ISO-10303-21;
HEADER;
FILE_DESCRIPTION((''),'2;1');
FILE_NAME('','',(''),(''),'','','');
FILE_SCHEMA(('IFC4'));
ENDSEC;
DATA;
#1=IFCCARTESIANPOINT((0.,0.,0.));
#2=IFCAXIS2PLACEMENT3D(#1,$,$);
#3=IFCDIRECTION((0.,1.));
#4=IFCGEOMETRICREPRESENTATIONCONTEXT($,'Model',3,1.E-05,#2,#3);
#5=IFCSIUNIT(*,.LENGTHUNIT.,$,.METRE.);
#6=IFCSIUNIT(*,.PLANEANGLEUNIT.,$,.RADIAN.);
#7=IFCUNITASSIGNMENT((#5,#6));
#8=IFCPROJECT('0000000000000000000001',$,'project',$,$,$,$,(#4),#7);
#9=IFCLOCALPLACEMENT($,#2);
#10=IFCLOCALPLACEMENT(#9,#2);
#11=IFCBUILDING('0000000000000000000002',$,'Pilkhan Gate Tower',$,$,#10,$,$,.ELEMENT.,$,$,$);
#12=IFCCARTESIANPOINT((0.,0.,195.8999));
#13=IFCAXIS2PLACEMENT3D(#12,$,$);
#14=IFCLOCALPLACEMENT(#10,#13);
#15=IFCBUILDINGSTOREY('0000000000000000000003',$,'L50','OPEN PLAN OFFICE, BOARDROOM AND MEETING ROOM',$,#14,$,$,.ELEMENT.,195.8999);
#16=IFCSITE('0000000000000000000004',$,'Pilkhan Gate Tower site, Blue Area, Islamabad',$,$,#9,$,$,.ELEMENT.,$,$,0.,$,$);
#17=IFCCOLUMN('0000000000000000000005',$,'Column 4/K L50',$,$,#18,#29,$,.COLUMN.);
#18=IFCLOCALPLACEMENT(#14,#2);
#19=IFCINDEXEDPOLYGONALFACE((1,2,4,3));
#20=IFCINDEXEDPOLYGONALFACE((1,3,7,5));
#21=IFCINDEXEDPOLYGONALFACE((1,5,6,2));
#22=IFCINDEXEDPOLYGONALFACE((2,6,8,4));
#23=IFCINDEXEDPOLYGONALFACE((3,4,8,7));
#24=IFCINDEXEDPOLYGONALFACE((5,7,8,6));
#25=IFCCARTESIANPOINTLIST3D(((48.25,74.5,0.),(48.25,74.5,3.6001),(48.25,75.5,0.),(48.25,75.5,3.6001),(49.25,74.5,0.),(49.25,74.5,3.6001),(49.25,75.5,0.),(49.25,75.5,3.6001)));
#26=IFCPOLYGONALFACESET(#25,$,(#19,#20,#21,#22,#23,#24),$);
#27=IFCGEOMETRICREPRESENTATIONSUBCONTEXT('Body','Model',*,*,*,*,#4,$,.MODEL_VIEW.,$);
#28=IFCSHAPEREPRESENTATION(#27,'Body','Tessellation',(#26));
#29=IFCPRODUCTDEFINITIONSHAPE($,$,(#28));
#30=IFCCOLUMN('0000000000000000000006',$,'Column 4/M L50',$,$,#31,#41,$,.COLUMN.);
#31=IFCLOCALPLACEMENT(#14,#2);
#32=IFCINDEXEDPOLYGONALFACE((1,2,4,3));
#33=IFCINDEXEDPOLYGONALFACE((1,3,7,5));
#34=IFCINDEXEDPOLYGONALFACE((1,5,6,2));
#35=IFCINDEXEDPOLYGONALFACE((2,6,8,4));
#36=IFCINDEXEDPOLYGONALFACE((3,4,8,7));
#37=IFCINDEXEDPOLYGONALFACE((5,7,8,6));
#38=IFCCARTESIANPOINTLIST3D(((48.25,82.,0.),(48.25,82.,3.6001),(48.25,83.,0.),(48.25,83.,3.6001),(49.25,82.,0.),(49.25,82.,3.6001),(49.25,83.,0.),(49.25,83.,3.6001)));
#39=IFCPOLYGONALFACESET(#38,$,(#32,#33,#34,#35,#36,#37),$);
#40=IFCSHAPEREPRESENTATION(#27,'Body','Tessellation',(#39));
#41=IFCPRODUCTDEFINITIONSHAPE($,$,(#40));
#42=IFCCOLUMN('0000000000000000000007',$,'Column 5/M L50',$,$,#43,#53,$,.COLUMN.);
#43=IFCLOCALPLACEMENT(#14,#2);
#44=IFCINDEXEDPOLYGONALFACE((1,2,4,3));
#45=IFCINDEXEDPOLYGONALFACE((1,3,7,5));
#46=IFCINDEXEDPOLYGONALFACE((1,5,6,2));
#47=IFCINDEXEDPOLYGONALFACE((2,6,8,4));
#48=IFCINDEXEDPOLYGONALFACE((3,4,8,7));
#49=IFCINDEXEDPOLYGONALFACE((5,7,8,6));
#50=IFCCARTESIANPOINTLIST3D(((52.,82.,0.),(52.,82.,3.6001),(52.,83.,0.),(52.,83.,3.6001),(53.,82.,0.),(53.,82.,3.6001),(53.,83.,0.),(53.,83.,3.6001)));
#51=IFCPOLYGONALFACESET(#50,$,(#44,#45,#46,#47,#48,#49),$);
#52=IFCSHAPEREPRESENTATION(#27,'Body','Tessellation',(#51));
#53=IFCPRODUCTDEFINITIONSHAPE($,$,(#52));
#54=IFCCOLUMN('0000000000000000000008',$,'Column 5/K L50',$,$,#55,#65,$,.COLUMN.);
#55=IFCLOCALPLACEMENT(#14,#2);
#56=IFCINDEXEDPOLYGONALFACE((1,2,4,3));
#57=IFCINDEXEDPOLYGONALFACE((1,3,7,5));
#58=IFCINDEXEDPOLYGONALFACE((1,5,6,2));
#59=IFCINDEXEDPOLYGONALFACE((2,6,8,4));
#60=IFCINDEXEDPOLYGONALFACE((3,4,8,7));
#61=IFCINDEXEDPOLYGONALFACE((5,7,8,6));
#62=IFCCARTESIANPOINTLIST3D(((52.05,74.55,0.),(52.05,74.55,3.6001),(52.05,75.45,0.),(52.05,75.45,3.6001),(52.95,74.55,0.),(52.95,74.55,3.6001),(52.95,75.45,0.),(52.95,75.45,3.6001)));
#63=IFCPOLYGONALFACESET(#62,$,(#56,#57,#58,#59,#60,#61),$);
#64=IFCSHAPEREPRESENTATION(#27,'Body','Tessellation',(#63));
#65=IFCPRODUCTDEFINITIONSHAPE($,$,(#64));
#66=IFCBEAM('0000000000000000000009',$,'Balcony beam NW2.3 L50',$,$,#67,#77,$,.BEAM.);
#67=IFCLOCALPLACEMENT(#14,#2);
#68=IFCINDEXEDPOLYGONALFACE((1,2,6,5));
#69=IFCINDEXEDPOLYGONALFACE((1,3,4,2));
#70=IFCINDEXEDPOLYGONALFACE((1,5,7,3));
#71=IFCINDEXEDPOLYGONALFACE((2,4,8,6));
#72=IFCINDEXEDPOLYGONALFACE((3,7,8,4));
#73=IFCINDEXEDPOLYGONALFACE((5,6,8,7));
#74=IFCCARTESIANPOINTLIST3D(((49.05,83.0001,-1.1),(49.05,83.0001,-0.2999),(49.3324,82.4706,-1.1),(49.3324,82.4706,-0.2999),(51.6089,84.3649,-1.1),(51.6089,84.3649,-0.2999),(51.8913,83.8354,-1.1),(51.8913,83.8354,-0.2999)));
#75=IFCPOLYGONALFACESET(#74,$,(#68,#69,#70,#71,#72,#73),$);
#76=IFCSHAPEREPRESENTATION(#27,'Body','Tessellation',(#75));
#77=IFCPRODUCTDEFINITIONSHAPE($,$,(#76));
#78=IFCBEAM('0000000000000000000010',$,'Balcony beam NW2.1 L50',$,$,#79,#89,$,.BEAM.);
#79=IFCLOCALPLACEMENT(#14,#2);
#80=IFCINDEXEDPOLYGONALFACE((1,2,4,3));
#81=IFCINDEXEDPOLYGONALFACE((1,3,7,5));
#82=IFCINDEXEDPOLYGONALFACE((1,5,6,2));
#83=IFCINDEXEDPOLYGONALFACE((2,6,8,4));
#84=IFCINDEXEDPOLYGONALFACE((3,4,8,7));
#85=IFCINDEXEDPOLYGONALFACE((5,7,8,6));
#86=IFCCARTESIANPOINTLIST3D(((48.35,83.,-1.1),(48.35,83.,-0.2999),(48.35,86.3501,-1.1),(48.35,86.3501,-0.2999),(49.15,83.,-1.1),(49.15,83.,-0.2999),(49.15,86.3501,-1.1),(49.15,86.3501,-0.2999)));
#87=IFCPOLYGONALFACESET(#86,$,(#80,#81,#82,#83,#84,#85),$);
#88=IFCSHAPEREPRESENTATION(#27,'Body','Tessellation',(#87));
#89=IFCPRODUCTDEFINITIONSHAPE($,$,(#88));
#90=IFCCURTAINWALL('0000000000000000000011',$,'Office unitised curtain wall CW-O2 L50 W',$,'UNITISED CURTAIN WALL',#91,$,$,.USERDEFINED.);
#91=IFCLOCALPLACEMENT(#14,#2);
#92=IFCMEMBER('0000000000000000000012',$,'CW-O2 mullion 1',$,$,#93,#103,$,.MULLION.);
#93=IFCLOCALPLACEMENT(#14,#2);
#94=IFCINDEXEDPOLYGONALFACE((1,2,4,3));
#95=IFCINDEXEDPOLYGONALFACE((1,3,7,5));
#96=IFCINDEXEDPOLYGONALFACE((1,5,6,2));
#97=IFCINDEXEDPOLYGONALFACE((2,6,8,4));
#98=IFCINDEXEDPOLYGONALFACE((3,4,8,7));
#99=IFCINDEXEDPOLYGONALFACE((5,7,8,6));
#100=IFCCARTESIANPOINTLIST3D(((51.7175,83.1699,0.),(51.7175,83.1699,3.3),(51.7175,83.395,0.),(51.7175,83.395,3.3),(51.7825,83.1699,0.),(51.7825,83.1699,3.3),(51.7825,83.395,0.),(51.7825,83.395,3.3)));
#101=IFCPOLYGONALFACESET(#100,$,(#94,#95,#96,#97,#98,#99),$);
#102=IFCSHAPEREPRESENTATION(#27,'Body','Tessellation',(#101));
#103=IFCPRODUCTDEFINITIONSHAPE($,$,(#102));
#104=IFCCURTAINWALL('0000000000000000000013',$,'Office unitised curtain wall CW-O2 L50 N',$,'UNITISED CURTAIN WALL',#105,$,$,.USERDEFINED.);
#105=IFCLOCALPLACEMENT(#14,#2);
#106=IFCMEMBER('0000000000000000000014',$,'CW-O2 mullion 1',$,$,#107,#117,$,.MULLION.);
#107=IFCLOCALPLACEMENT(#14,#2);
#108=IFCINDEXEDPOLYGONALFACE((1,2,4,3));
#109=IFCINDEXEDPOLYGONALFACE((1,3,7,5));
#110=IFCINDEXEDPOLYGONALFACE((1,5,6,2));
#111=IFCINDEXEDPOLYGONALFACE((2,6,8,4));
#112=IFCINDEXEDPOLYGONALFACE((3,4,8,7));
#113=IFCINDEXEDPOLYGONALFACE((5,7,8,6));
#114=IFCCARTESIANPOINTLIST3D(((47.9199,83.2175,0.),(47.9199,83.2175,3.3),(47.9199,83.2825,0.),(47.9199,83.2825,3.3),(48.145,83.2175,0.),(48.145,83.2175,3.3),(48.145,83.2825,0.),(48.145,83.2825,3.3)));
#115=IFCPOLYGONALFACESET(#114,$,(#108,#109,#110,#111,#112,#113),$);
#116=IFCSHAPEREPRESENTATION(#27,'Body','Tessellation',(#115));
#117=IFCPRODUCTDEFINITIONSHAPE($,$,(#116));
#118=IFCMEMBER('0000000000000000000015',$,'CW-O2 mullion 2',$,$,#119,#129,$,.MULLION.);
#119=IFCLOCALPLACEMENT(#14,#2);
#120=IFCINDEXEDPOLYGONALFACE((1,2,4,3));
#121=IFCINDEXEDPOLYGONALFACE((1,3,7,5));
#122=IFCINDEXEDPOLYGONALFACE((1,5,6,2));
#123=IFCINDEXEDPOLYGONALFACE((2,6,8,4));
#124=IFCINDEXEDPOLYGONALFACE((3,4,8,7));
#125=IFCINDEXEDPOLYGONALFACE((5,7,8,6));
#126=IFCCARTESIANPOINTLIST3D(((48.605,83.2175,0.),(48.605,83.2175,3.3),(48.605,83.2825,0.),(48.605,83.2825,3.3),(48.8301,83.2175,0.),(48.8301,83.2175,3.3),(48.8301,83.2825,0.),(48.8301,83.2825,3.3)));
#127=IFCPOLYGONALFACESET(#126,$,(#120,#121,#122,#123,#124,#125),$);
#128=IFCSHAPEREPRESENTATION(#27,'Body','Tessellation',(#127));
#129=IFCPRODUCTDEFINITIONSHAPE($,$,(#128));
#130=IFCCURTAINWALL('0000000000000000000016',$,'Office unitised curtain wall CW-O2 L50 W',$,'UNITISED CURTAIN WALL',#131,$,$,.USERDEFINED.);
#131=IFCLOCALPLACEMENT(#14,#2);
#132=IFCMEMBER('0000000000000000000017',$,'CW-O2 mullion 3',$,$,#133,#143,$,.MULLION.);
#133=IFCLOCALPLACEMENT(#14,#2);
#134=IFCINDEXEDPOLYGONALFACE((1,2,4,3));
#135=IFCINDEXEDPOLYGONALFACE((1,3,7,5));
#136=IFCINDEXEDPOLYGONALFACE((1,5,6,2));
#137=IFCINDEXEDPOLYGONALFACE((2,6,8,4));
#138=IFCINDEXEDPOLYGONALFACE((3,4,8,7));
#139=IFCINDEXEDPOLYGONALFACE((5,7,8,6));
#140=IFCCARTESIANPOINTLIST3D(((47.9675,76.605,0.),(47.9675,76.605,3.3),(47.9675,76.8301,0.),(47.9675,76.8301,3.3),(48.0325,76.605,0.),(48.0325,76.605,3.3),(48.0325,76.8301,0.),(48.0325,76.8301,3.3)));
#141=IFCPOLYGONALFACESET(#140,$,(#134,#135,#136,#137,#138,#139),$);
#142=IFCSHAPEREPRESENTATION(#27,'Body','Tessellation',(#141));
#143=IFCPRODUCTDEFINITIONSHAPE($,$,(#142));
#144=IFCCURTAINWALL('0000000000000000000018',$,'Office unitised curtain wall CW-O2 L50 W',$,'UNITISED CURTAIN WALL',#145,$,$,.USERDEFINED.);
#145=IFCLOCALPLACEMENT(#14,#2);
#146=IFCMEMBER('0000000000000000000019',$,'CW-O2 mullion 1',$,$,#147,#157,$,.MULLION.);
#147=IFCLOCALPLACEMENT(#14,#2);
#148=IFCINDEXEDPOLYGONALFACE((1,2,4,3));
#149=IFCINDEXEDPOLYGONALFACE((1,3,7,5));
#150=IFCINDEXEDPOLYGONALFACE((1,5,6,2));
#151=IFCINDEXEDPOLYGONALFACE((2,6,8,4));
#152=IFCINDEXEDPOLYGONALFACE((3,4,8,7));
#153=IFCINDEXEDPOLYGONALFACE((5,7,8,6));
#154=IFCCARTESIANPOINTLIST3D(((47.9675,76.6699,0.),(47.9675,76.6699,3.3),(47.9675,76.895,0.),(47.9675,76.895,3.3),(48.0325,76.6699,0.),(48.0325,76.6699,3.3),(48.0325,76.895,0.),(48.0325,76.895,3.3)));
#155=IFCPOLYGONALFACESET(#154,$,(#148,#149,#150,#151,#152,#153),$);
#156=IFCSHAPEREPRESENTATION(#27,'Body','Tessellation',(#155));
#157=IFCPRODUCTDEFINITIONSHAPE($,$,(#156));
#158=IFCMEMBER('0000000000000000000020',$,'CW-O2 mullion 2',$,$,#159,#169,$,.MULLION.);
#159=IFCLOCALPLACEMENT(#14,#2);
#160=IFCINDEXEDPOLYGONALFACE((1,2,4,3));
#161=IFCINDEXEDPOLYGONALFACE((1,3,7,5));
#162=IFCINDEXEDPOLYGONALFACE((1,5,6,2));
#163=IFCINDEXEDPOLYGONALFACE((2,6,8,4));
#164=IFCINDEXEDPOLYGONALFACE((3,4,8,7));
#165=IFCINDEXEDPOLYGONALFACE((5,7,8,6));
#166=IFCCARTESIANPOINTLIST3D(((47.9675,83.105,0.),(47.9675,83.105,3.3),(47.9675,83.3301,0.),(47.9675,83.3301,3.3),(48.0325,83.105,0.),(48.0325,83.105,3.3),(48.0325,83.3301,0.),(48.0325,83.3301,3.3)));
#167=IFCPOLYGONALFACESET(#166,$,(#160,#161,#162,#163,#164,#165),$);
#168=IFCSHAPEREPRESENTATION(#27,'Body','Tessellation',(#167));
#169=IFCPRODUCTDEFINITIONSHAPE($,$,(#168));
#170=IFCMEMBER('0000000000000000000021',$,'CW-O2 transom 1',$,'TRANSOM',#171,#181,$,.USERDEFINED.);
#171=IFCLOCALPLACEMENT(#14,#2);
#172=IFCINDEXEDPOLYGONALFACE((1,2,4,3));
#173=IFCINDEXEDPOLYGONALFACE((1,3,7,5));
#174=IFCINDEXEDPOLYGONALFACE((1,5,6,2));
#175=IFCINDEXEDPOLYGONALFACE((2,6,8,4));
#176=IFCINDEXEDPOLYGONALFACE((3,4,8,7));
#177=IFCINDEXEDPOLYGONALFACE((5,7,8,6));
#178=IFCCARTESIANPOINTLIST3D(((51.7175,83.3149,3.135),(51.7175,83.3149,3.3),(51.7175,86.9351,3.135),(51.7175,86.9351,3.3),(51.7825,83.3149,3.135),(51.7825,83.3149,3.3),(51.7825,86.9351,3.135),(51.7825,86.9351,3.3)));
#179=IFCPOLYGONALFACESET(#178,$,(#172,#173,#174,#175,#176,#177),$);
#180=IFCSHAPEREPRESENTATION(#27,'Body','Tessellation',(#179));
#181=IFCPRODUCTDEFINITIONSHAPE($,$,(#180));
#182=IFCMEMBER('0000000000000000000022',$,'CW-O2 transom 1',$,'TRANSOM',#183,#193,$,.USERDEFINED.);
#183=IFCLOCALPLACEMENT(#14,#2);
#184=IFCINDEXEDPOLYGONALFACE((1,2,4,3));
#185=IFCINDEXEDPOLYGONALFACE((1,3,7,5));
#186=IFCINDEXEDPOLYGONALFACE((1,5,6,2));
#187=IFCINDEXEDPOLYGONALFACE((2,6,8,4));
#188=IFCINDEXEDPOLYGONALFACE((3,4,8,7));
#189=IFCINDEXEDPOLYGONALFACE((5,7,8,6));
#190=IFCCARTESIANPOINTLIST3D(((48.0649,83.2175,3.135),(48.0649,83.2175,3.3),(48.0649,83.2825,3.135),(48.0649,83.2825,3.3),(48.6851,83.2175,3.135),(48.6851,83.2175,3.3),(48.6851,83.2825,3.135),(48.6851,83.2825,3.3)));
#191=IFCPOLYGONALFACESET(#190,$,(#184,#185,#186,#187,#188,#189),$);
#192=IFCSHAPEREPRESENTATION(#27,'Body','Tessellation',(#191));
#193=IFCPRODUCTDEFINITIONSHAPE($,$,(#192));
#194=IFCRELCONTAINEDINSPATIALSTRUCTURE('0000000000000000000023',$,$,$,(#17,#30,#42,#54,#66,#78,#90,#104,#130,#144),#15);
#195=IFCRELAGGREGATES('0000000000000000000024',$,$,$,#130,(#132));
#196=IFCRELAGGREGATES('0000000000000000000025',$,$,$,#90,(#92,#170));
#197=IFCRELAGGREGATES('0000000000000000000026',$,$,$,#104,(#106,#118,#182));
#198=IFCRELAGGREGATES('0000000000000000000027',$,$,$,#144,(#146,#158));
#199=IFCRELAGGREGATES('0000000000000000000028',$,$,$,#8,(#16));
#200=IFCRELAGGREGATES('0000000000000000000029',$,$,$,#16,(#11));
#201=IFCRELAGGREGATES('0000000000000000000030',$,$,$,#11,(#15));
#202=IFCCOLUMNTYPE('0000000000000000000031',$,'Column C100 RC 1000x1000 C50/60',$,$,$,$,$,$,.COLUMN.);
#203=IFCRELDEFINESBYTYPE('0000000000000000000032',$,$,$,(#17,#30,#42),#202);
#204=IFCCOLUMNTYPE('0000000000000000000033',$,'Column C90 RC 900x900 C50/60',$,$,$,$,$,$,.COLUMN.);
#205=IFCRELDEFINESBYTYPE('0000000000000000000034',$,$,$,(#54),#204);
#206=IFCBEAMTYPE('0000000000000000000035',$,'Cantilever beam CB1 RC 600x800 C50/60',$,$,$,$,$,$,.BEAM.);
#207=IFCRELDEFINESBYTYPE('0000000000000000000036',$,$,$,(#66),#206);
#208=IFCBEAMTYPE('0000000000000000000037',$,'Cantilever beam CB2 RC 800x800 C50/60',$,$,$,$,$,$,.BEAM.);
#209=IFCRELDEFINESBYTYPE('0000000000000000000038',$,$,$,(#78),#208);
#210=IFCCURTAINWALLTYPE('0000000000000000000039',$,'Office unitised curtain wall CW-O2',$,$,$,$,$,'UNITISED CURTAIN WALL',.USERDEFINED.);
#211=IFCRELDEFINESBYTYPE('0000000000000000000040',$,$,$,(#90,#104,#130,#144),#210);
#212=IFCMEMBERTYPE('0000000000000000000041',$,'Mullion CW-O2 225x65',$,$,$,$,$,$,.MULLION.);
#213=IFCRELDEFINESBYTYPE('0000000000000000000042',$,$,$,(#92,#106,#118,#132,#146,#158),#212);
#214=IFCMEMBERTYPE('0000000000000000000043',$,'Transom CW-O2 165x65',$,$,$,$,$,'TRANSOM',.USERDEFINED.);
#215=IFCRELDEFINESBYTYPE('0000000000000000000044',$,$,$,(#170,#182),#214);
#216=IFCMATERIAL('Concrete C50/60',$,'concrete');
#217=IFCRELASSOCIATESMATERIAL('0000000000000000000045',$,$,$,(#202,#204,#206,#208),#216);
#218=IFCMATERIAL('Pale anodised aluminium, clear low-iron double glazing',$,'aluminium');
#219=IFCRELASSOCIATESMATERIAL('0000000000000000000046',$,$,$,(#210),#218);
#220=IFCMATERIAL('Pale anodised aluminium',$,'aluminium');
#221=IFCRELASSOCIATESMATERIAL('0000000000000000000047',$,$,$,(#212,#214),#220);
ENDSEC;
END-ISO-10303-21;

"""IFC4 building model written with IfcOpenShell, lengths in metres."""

from ifc_helpers import new_model, si_unit, direction, frame, origin, origin_2d, place, context, subcontext, project, spatial, rectangle, extrude, material, material_profile, profile_set, type_object, element, aggregate, save


model = new_model("IFC4")

# Units and contexts
model_context = context("Model", 3, precision=1e-05, world=origin(), true_north=direction((0.0, 1.0)))
body_context = subcontext(model_context, "Body", "Model", "MODEL_VIEW")
ifc_project = project(units=[si_unit("LENGTHUNIT", "METRE"), si_unit("PLANEANGLEUNIT", "RADIAN")], contexts=[model_context])

# Site, building, storey
site_placement = place(None, origin())
site = spatial("IfcSite", under=ifc_project, at=site_placement, Name="Pilkhan Gate Tower site, Blue Area, Islamabad", CompositionType="ELEMENT", RefElevation=0.0)
building_placement = place(site_placement, origin())
building = spatial("IfcBuilding", under=site, at=building_placement, Name="Pilkhan Gate Tower", CompositionType="ELEMENT")
storey_placement = place(building_placement, frame((0.0, 0.0, 195.8999)))
storey = spatial("IfcBuildingStorey", under=building, at=storey_placement, Name="L50", Description="OPEN PLAN OFFICE, BOARDROOM AND MEETING ROOM", CompositionType="ELEMENT", Elevation=195.8999)

# Columns
ifc_material_1 = material(Name="Concrete C50/60", Category="concrete")
ifc_material_profile_1 = material_profile(ifc_material_1, rectangle(XDim=1.0, YDim=1.0, at=origin_2d()), Name="RC 1000x1000")
ifc_profile_set_1 = profile_set([ifc_material_profile_1], Name="Concrete C50/60")
column_type_1 = type_object("IfcColumnType", Name="Column C100 RC 1000x1000 C50/60", PredefinedType="COLUMN", material=ifc_profile_set_1)
for number, where, z_axis, x_axis, name in (
    (1, (48.75, 75.0, 0.0), (0.0, 0.0, 1.0), (1.0, 0.0, 0.0), "Column 4/K L50"),
    (2, (48.75, 82.5, 0.0), (0.0, 0.0, 1.0), (1.0, 0.0, 0.0), "Column 4/M L50"),
    (3, (52.5, 82.5, 0.0), (0.0, 0.0, 1.0), (1.0, 0.0, 0.0), "Column 5/M L50"),
):
    element("IfcColumn", number, at=place(storey_placement, frame(where, z_axis=z_axis, x_axis=x_axis)), inside=storey, type_object=column_type_1, Name=name, PredefinedType="COLUMN", context=body_context, shape_type="SweptSolid", body=[
        extrude(rectangle(XDim=1.0, YDim=1.0, at=origin_2d()), origin(), (0.0, 0.0, 1.0), 3.6001),
    ])
ifc_material_profile_2 = material_profile(ifc_material_1, rectangle(XDim=0.8999, YDim=0.8999, at=origin_2d()), Name="RC 900x900")
ifc_profile_set_2 = profile_set([ifc_material_profile_2], Name="Concrete C50/60")
column_type_2 = type_object("IfcColumnType", Name="Column C90 RC 900x900 C50/60", PredefinedType="COLUMN", material=ifc_profile_set_2)
column_placement = place(storey_placement, frame((52.5, 75.0, 0.0), z_axis=(0.0, 0.0, 1.0), x_axis=(1.0, 0.0, 0.0)))
element("IfcColumn", 4, at=column_placement, inside=storey, type_object=column_type_2, Name="Column 5/K L50", PredefinedType="COLUMN", context=body_context, shape_type="SweptSolid", body=[
    extrude(rectangle(XDim=0.8999, YDim=0.8999, at=origin_2d()), origin(), (0.0, 0.0, 1.0), 3.6001),
])

# Beams
ifc_material_profile_3 = material_profile(ifc_material_1, rectangle(XDim=0.6001, YDim=0.8, at=origin_2d()), Name="RC 600x800")
ifc_profile_set_3 = profile_set([ifc_material_profile_3], Name="Concrete C50/60")
beam_type_1 = type_object("IfcBeamType", Name="Cantilever beam CB1 RC 600x800 C50/60", PredefinedType="BEAM", material=ifc_profile_set_3)
beam_1_placement = place(storey_placement, frame((49.1912, 82.7354, -0.7), z_axis=(0.882348, 0.470597, 0.0), x_axis=(-0.470597, 0.882348, 0.0)))
element("IfcBeam", 5, at=beam_1_placement, inside=storey, type_object=beam_type_1, Name="Balcony beam NW2.3 L50", PredefinedType="BEAM", context=body_context, shape_type="SweptSolid", body=[
    extrude(rectangle(XDim=0.6001, YDim=0.8, at=origin_2d()), origin(), (0.0, 0.0, 1.0), 2.9001),
])
ifc_material_profile_4 = material_profile(ifc_material_1, rectangle(XDim=0.8, YDim=0.8, at=origin_2d()), Name="RC 800x800")
ifc_profile_set_4 = profile_set([ifc_material_profile_4], Name="Concrete C50/60")
beam_type_2 = type_object("IfcBeamType", Name="Cantilever beam CB2 RC 800x800 C50/60", PredefinedType="BEAM", material=ifc_profile_set_4)
beam_2_placement = place(storey_placement, frame((48.75, 83.0, -0.7), z_axis=(0.0, 1.0, 0.0), x_axis=(-1.0, 0.0, 0.0)))
element("IfcBeam", 6, at=beam_2_placement, inside=storey, type_object=beam_type_2, Name="Balcony beam NW2.1 L50", PredefinedType="BEAM", context=body_context, shape_type="SweptSolid", body=[
    extrude(rectangle(XDim=0.8, YDim=0.8, at=origin_2d()), origin(), (0.0, 0.0, 1.0), 3.3501),
])

# Curtain wall, member
ifc_material_2 = material(Name="Pale anodised aluminium, clear low-iron double glazing", Category="aluminium")
curtain_wall_type = type_object("IfcCurtainWallType", Name="Office unitised curtain wall CW-O2", ElementType="UNITISED CURTAIN WALL", PredefinedType="USERDEFINED", material=ifc_material_2)
curtain_wall_1_placement = place(storey_placement, origin())
curtain_wall_1 = element("IfcCurtainWall", 7, at=curtain_wall_1_placement, inside=storey, type_object=curtain_wall_type, Name="Office unitised curtain wall CW-O2 L50 W", ObjectType="UNITISED CURTAIN WALL", PredefinedType="USERDEFINED")
ifc_material_3 = material(Name="Pale anodised aluminium", Category="aluminium")
ifc_material_profile_5 = material_profile(ifc_material_3, rectangle(XDim=0.0649, YDim=0.2251, at=origin_2d()), Name="Mullion 225x65")
ifc_profile_set_5 = profile_set([ifc_material_profile_5], Name="Pale anodised aluminium")
member_type_1 = type_object("IfcMemberType", Name="Mullion CW-O2 225x65", PredefinedType="MULLION", material=ifc_profile_set_5)
member_1_placement = place(storey_placement, frame((51.75, 83.2825, 0.0), z_axis=(0.0, 0.0, 1.0), x_axis=(-1.0, 0.0, 0.0)))
member_1 = element("IfcMember", 8, at=member_1_placement, type_object=member_type_1, Name="CW-O2 mullion 1", PredefinedType="MULLION", context=body_context, shape_type="SweptSolid", body=[
    extrude(rectangle(XDim=0.0649, YDim=0.2251, at=origin_2d()), origin(), (0.0, 0.0, 1.0), 3.3),
])

# Curtain wall, members
curtain_wall_2_placement = place(storey_placement, origin())
curtain_wall_2 = element("IfcCurtainWall", 9, at=curtain_wall_2_placement, inside=storey, type_object=curtain_wall_type, Name="Office unitised curtain wall CW-O2 L50 N", ObjectType="UNITISED CURTAIN WALL", PredefinedType="USERDEFINED")
member_2_placement = place(storey_placement, frame((48.0325, 83.25, 0.0), z_axis=(0.0, 0.0, 1.0), x_axis=(0.0, 1.0, 0.0)))
member_2 = element("IfcMember", 10, at=member_2_placement, type_object=member_type_1, Name="CW-O2 mullion 1", PredefinedType="MULLION", context=body_context, shape_type="SweptSolid", body=[
    extrude(rectangle(XDim=0.0649, YDim=0.2251, at=origin_2d()), origin(), (0.0, 0.0, 1.0), 3.3),
])
member_3_placement = place(storey_placement, frame((48.7175, 83.25, 0.0), z_axis=(0.0, 0.0, 1.0), x_axis=(0.0, 1.0, 0.0)))
member_3 = element("IfcMember", 11, at=member_3_placement, type_object=member_type_1, Name="CW-O2 mullion 2", PredefinedType="MULLION", context=body_context, shape_type="SweptSolid", body=[
    extrude(rectangle(XDim=0.0649, YDim=0.2251, at=origin_2d()), origin(), (0.0, 0.0, 1.0), 3.3),
])

# Curtain wall, member
curtain_wall_3_placement = place(storey_placement, origin())
curtain_wall_3 = element("IfcCurtainWall", 12, at=curtain_wall_3_placement, inside=storey, type_object=curtain_wall_type, Name="Office unitised curtain wall CW-O2 L50 W", ObjectType="UNITISED CURTAIN WALL", PredefinedType="USERDEFINED")
member_4_placement = place(storey_placement, frame((48.0, 76.7175, 0.0), z_axis=(0.0, 0.0, 1.0), x_axis=(-1.0, 0.0, 0.0)))
member_4 = element("IfcMember", 13, at=member_4_placement, type_object=member_type_1, Name="CW-O2 mullion 3", PredefinedType="MULLION", context=body_context, shape_type="SweptSolid", body=[
    extrude(rectangle(XDim=0.0649, YDim=0.2251, at=origin_2d()), origin(), (0.0, 0.0, 1.0), 3.3),
])
aggregate(curtain_wall_3, [member_4])

# Curtain wall, members
curtain_wall_4_placement = place(storey_placement, origin())
curtain_wall_4 = element("IfcCurtainWall", 14, at=curtain_wall_4_placement, inside=storey, type_object=curtain_wall_type, Name="Office unitised curtain wall CW-O2 L50 W", ObjectType="UNITISED CURTAIN WALL", PredefinedType="USERDEFINED")
member_5_placement = place(storey_placement, frame((48.0, 76.7825, 0.0), z_axis=(0.0, 0.0, 1.0), x_axis=(-1.0, 0.0, 0.0)))
member_5 = element("IfcMember", 15, at=member_5_placement, type_object=member_type_1, Name="CW-O2 mullion 1", PredefinedType="MULLION", context=body_context, shape_type="SweptSolid", body=[
    extrude(rectangle(XDim=0.0649, YDim=0.2251, at=origin_2d()), origin(), (0.0, 0.0, 1.0), 3.3),
])
member_6_placement = place(storey_placement, frame((48.0, 83.2175, 0.0), z_axis=(0.0, 0.0, 1.0), x_axis=(-1.0, 0.0, 0.0)))
member_6 = element("IfcMember", 16, at=member_6_placement, type_object=member_type_1, Name="CW-O2 mullion 2", PredefinedType="MULLION", context=body_context, shape_type="SweptSolid", body=[
    extrude(rectangle(XDim=0.0649, YDim=0.2251, at=origin_2d()), origin(), (0.0, 0.0, 1.0), 3.3),
])

# Members
ifc_material_profile_6 = material_profile(ifc_material_3, rectangle(XDim=0.0649, YDim=0.165, at=origin_2d()), Name="Transom 165x65")
ifc_profile_set_6 = profile_set([ifc_material_profile_6], Name="Pale anodised aluminium")
member_type_2 = type_object("IfcMemberType", Name="Transom CW-O2 165x65", ElementType="TRANSOM", PredefinedType="USERDEFINED", material=ifc_profile_set_6)
member_7_placement = place(storey_placement, frame((51.75, 83.3149, 3.2175), z_axis=(0.0, 1.0, 0.0), x_axis=(-1.0, 0.0, 0.0)))
member_7 = element("IfcMember", 17, at=member_7_placement, type_object=member_type_2, Name="CW-O2 transom 1", ObjectType="TRANSOM", PredefinedType="USERDEFINED", context=body_context, shape_type="SweptSolid", body=[
    extrude(rectangle(XDim=0.0649, YDim=0.165, at=origin_2d()), origin(), (0.0, 0.0, 1.0), 3.6201),
])
member_8_placement = place(storey_placement, frame((48.0649, 83.25, 3.2175), z_axis=(1.0, 0.0, 0.0), x_axis=(0.0, 1.0, 0.0)))
member_8 = element("IfcMember", 18, at=member_8_placement, type_object=member_type_2, Name="CW-O2 transom 1", ObjectType="TRANSOM", PredefinedType="USERDEFINED", context=body_context, shape_type="SweptSolid", body=[
    extrude(rectangle(XDim=0.0649, YDim=0.165, at=origin_2d()), origin(), (0.0, 0.0, 1.0), 0.6201),
])

aggregate(curtain_wall_1, [member_1, member_7])
aggregate(curtain_wall_2, [member_2, member_3, member_8])
aggregate(curtain_wall_4, [member_5, member_6])

save(model, "model.ifc")
